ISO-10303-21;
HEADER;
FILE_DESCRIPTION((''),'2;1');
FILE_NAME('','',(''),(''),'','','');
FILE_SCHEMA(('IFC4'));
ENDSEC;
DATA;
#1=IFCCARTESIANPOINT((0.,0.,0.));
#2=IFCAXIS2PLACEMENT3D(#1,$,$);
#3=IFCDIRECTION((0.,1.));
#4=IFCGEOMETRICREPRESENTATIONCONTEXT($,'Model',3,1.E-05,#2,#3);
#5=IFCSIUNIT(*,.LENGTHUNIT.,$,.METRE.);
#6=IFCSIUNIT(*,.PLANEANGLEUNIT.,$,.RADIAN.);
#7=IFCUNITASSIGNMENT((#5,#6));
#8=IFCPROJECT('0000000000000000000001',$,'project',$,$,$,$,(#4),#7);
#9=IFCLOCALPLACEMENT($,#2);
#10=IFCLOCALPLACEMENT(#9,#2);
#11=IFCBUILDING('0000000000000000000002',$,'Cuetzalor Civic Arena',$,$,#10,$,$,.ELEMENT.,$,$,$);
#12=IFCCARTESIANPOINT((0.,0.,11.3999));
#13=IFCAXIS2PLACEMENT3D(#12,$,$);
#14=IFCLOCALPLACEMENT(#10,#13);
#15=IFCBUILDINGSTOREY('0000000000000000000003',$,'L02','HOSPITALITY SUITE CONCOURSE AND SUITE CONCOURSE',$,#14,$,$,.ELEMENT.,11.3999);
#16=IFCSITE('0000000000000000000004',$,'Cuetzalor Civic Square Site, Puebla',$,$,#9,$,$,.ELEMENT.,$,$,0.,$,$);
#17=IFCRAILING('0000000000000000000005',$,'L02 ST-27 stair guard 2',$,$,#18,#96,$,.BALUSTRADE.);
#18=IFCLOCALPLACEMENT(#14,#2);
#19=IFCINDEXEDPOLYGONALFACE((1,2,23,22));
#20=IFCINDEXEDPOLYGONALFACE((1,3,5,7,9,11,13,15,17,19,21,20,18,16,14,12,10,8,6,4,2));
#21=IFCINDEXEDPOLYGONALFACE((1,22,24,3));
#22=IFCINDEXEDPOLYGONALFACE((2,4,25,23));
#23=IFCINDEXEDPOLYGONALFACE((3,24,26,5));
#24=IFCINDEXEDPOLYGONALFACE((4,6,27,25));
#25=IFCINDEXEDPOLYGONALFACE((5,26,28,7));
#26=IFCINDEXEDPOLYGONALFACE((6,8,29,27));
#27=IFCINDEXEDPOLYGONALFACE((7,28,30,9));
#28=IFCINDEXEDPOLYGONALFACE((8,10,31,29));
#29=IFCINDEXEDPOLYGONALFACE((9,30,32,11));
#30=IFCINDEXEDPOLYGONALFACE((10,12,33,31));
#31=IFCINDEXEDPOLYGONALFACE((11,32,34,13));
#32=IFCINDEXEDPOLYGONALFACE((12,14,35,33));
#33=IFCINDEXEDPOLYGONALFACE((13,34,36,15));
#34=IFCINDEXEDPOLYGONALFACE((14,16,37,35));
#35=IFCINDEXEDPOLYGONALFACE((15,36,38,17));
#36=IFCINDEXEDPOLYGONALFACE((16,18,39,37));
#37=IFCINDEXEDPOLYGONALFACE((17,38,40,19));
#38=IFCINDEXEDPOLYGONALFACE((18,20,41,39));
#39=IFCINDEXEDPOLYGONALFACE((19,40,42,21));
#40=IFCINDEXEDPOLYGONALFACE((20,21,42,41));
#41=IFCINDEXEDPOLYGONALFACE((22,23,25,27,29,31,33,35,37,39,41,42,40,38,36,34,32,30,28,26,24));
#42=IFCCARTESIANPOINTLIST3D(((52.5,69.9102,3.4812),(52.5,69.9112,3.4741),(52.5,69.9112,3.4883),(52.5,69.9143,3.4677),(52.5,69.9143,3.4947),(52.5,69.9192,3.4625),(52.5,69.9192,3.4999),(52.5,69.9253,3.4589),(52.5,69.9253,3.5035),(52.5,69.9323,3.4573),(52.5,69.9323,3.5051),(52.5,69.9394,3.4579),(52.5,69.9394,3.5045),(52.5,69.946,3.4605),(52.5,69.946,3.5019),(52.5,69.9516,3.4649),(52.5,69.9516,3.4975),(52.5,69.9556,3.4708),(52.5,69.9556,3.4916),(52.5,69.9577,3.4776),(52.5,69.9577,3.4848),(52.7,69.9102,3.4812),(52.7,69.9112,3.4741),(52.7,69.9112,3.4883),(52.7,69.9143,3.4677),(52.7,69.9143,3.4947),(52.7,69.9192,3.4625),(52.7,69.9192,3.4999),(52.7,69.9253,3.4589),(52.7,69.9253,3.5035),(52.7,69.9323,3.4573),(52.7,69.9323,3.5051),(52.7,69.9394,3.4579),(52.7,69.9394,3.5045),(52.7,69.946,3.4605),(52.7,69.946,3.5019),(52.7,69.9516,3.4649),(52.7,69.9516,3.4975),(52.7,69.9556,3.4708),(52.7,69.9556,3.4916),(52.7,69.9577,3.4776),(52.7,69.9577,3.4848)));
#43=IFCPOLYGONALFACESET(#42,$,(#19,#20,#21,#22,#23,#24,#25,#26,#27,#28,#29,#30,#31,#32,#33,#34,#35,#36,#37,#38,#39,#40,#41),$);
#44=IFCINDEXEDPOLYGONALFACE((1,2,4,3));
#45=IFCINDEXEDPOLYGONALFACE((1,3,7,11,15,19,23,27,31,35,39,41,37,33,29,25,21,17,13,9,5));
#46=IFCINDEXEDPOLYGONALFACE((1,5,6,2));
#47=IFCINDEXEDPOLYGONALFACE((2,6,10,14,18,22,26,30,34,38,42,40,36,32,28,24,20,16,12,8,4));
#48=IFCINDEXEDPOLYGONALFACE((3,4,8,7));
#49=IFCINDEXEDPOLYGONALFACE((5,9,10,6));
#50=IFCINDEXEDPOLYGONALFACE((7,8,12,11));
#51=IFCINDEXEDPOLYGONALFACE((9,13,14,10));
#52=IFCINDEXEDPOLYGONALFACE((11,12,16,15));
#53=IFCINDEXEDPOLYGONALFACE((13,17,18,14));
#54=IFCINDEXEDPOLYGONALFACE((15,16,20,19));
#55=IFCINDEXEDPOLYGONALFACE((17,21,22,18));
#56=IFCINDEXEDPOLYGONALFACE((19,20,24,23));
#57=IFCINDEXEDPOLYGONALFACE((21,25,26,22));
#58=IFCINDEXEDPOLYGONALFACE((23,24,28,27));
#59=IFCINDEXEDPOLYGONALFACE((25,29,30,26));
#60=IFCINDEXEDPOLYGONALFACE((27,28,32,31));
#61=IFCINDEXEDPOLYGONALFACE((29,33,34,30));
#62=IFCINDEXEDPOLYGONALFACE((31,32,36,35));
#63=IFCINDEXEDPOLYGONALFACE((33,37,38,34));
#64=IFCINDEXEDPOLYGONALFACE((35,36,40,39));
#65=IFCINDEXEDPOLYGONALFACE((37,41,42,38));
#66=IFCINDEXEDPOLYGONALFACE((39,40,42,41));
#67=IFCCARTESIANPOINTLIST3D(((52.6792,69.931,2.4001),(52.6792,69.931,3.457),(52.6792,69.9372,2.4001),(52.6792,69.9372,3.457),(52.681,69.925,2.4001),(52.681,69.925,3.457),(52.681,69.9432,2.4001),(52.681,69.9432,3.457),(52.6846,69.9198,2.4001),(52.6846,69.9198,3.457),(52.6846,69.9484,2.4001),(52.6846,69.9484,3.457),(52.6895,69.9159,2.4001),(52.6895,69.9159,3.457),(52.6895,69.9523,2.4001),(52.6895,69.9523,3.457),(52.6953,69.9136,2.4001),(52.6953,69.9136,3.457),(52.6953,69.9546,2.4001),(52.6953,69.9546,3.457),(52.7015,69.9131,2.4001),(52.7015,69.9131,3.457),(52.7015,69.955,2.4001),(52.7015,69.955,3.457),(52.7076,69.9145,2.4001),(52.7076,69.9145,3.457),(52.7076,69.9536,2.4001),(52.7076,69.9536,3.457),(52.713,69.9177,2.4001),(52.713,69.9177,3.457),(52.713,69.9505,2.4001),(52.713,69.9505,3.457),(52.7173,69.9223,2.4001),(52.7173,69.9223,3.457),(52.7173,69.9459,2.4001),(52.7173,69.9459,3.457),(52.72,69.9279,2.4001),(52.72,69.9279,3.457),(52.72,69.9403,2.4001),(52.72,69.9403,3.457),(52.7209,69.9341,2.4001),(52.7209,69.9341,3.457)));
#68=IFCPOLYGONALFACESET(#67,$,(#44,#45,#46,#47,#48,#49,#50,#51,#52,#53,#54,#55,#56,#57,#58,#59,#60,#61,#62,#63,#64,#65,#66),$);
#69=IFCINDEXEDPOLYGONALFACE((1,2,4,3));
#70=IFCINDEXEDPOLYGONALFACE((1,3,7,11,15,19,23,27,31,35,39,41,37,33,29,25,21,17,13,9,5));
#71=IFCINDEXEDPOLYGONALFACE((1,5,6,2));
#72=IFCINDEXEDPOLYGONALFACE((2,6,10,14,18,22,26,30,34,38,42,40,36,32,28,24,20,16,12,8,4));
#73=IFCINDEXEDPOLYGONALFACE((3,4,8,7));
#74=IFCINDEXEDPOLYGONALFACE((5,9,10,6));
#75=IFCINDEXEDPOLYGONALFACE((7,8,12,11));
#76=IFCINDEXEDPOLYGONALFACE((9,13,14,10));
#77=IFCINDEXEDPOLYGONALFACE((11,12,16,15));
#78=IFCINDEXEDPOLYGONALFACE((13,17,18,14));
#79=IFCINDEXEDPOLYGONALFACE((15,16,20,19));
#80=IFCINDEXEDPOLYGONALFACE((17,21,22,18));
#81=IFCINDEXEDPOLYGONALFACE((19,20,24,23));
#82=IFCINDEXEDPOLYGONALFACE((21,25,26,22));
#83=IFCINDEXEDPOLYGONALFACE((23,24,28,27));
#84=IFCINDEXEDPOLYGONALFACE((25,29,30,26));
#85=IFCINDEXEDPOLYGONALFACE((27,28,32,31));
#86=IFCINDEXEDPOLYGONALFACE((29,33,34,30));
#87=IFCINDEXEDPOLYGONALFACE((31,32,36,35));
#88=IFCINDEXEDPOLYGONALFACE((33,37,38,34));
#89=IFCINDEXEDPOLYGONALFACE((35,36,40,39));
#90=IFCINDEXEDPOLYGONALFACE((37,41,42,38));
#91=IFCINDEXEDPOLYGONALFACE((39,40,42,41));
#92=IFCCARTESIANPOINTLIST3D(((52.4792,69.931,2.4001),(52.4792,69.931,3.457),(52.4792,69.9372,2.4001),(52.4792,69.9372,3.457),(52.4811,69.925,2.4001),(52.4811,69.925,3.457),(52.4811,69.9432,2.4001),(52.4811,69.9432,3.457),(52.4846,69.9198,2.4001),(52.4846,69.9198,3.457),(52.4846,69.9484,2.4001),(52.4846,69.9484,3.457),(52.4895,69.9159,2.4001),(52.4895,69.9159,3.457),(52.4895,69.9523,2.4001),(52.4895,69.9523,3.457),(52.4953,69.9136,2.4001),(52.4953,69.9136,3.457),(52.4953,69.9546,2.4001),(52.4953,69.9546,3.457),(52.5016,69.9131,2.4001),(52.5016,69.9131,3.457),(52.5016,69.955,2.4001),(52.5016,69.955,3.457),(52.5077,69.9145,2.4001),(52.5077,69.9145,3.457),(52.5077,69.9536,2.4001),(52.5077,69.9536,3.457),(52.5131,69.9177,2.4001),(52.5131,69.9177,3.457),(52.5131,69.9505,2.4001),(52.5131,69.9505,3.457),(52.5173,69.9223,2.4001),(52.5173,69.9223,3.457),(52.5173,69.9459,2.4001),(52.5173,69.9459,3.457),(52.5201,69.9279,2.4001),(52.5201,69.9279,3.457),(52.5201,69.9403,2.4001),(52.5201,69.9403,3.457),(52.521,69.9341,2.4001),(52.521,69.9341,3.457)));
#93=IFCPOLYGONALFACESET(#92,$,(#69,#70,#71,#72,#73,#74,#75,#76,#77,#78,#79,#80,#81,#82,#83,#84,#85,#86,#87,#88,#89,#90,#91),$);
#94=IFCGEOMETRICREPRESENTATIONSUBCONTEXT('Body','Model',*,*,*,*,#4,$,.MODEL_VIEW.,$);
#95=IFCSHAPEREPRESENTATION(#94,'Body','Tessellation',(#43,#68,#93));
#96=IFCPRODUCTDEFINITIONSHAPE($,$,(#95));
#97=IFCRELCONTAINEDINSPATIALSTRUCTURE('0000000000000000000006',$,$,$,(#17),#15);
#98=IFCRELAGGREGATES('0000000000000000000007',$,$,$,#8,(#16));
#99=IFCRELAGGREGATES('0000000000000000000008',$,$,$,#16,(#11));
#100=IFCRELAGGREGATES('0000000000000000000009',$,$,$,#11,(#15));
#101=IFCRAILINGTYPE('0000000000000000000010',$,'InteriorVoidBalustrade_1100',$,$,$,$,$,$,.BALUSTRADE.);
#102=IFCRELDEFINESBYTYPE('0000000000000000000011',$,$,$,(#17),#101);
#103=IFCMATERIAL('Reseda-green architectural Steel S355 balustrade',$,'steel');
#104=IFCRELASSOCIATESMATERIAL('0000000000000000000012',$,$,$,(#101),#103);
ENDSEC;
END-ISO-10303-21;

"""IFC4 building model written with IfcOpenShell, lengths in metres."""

from ifc_helpers import new_model, si_unit, direction, frame, origin, origin_2d, place, context, subcontext, project, spatial, circle, extrude, material, type_object, element, save


model = new_model("IFC4")

# Units and contexts
model_context = context("Model", 3, precision=1e-05, world=origin(), true_north=direction((0.0, 1.0)))
body_context = subcontext(model_context, "Body", "Model", "MODEL_VIEW")
ifc_project = project(units=[si_unit("LENGTHUNIT", "METRE"), si_unit("PLANEANGLEUNIT", "RADIAN")], contexts=[model_context])

# Site, building, storey
site_placement = place(None, origin())
site = spatial("IfcSite", under=ifc_project, at=site_placement, Name="Cuetzalor Civic Square Site, Puebla", CompositionType="ELEMENT", RefElevation=0.0)
building_placement = place(site_placement, origin())
building = spatial("IfcBuilding", under=site, at=building_placement, Name="Cuetzalor Civic Arena", CompositionType="ELEMENT")
storey_placement = place(building_placement, frame((0.0, 0.0, 11.3999)))
storey = spatial("IfcBuildingStorey", under=building, at=storey_placement, Name="L02", Description="HOSPITALITY SUITE CONCOURSE AND SUITE CONCOURSE", CompositionType="ELEMENT", Elevation=11.3999)

# Railing
ifc_material_1 = material(Name="Reseda-green architectural Steel S355 balustrade", Category="steel")
railing_type_1 = type_object("IfcRailingType", Name="InteriorVoidBalustrade_1100", PredefinedType="BALUSTRADE", material=ifc_material_1)
railing_1_placement = place(storey_placement, frame((52.7, 69.9341, 2.4001)))
element("IfcRailing", 1, at=railing_1_placement, inside=storey, type_object=railing_type_1, Name="L02 ST-27 stair guard 2", PredefinedType="BALUSTRADE", context=body_context, shape_type="SweptSolid", body=[
    extrude(circle(Radius=0.0239, at=origin_2d()), frame((0.0, 0.0, 1.0811), z_axis=(-1.0, 0.0, 0.0), x_axis=(0.0, -1.0, 0.0)), (0.0, 0.0, 1.0), 0.2),
    extrude(circle(Radius=0.021, at=origin_2d()), origin(), (0.0, 0.0, 1.0), 1.0569),
    extrude(circle(Radius=0.021, at=origin_2d()), frame((-0.2, 0.0, 0.0)), (0.0, 0.0, 1.0), 1.0569),
])

save(model, "model.ifc")
